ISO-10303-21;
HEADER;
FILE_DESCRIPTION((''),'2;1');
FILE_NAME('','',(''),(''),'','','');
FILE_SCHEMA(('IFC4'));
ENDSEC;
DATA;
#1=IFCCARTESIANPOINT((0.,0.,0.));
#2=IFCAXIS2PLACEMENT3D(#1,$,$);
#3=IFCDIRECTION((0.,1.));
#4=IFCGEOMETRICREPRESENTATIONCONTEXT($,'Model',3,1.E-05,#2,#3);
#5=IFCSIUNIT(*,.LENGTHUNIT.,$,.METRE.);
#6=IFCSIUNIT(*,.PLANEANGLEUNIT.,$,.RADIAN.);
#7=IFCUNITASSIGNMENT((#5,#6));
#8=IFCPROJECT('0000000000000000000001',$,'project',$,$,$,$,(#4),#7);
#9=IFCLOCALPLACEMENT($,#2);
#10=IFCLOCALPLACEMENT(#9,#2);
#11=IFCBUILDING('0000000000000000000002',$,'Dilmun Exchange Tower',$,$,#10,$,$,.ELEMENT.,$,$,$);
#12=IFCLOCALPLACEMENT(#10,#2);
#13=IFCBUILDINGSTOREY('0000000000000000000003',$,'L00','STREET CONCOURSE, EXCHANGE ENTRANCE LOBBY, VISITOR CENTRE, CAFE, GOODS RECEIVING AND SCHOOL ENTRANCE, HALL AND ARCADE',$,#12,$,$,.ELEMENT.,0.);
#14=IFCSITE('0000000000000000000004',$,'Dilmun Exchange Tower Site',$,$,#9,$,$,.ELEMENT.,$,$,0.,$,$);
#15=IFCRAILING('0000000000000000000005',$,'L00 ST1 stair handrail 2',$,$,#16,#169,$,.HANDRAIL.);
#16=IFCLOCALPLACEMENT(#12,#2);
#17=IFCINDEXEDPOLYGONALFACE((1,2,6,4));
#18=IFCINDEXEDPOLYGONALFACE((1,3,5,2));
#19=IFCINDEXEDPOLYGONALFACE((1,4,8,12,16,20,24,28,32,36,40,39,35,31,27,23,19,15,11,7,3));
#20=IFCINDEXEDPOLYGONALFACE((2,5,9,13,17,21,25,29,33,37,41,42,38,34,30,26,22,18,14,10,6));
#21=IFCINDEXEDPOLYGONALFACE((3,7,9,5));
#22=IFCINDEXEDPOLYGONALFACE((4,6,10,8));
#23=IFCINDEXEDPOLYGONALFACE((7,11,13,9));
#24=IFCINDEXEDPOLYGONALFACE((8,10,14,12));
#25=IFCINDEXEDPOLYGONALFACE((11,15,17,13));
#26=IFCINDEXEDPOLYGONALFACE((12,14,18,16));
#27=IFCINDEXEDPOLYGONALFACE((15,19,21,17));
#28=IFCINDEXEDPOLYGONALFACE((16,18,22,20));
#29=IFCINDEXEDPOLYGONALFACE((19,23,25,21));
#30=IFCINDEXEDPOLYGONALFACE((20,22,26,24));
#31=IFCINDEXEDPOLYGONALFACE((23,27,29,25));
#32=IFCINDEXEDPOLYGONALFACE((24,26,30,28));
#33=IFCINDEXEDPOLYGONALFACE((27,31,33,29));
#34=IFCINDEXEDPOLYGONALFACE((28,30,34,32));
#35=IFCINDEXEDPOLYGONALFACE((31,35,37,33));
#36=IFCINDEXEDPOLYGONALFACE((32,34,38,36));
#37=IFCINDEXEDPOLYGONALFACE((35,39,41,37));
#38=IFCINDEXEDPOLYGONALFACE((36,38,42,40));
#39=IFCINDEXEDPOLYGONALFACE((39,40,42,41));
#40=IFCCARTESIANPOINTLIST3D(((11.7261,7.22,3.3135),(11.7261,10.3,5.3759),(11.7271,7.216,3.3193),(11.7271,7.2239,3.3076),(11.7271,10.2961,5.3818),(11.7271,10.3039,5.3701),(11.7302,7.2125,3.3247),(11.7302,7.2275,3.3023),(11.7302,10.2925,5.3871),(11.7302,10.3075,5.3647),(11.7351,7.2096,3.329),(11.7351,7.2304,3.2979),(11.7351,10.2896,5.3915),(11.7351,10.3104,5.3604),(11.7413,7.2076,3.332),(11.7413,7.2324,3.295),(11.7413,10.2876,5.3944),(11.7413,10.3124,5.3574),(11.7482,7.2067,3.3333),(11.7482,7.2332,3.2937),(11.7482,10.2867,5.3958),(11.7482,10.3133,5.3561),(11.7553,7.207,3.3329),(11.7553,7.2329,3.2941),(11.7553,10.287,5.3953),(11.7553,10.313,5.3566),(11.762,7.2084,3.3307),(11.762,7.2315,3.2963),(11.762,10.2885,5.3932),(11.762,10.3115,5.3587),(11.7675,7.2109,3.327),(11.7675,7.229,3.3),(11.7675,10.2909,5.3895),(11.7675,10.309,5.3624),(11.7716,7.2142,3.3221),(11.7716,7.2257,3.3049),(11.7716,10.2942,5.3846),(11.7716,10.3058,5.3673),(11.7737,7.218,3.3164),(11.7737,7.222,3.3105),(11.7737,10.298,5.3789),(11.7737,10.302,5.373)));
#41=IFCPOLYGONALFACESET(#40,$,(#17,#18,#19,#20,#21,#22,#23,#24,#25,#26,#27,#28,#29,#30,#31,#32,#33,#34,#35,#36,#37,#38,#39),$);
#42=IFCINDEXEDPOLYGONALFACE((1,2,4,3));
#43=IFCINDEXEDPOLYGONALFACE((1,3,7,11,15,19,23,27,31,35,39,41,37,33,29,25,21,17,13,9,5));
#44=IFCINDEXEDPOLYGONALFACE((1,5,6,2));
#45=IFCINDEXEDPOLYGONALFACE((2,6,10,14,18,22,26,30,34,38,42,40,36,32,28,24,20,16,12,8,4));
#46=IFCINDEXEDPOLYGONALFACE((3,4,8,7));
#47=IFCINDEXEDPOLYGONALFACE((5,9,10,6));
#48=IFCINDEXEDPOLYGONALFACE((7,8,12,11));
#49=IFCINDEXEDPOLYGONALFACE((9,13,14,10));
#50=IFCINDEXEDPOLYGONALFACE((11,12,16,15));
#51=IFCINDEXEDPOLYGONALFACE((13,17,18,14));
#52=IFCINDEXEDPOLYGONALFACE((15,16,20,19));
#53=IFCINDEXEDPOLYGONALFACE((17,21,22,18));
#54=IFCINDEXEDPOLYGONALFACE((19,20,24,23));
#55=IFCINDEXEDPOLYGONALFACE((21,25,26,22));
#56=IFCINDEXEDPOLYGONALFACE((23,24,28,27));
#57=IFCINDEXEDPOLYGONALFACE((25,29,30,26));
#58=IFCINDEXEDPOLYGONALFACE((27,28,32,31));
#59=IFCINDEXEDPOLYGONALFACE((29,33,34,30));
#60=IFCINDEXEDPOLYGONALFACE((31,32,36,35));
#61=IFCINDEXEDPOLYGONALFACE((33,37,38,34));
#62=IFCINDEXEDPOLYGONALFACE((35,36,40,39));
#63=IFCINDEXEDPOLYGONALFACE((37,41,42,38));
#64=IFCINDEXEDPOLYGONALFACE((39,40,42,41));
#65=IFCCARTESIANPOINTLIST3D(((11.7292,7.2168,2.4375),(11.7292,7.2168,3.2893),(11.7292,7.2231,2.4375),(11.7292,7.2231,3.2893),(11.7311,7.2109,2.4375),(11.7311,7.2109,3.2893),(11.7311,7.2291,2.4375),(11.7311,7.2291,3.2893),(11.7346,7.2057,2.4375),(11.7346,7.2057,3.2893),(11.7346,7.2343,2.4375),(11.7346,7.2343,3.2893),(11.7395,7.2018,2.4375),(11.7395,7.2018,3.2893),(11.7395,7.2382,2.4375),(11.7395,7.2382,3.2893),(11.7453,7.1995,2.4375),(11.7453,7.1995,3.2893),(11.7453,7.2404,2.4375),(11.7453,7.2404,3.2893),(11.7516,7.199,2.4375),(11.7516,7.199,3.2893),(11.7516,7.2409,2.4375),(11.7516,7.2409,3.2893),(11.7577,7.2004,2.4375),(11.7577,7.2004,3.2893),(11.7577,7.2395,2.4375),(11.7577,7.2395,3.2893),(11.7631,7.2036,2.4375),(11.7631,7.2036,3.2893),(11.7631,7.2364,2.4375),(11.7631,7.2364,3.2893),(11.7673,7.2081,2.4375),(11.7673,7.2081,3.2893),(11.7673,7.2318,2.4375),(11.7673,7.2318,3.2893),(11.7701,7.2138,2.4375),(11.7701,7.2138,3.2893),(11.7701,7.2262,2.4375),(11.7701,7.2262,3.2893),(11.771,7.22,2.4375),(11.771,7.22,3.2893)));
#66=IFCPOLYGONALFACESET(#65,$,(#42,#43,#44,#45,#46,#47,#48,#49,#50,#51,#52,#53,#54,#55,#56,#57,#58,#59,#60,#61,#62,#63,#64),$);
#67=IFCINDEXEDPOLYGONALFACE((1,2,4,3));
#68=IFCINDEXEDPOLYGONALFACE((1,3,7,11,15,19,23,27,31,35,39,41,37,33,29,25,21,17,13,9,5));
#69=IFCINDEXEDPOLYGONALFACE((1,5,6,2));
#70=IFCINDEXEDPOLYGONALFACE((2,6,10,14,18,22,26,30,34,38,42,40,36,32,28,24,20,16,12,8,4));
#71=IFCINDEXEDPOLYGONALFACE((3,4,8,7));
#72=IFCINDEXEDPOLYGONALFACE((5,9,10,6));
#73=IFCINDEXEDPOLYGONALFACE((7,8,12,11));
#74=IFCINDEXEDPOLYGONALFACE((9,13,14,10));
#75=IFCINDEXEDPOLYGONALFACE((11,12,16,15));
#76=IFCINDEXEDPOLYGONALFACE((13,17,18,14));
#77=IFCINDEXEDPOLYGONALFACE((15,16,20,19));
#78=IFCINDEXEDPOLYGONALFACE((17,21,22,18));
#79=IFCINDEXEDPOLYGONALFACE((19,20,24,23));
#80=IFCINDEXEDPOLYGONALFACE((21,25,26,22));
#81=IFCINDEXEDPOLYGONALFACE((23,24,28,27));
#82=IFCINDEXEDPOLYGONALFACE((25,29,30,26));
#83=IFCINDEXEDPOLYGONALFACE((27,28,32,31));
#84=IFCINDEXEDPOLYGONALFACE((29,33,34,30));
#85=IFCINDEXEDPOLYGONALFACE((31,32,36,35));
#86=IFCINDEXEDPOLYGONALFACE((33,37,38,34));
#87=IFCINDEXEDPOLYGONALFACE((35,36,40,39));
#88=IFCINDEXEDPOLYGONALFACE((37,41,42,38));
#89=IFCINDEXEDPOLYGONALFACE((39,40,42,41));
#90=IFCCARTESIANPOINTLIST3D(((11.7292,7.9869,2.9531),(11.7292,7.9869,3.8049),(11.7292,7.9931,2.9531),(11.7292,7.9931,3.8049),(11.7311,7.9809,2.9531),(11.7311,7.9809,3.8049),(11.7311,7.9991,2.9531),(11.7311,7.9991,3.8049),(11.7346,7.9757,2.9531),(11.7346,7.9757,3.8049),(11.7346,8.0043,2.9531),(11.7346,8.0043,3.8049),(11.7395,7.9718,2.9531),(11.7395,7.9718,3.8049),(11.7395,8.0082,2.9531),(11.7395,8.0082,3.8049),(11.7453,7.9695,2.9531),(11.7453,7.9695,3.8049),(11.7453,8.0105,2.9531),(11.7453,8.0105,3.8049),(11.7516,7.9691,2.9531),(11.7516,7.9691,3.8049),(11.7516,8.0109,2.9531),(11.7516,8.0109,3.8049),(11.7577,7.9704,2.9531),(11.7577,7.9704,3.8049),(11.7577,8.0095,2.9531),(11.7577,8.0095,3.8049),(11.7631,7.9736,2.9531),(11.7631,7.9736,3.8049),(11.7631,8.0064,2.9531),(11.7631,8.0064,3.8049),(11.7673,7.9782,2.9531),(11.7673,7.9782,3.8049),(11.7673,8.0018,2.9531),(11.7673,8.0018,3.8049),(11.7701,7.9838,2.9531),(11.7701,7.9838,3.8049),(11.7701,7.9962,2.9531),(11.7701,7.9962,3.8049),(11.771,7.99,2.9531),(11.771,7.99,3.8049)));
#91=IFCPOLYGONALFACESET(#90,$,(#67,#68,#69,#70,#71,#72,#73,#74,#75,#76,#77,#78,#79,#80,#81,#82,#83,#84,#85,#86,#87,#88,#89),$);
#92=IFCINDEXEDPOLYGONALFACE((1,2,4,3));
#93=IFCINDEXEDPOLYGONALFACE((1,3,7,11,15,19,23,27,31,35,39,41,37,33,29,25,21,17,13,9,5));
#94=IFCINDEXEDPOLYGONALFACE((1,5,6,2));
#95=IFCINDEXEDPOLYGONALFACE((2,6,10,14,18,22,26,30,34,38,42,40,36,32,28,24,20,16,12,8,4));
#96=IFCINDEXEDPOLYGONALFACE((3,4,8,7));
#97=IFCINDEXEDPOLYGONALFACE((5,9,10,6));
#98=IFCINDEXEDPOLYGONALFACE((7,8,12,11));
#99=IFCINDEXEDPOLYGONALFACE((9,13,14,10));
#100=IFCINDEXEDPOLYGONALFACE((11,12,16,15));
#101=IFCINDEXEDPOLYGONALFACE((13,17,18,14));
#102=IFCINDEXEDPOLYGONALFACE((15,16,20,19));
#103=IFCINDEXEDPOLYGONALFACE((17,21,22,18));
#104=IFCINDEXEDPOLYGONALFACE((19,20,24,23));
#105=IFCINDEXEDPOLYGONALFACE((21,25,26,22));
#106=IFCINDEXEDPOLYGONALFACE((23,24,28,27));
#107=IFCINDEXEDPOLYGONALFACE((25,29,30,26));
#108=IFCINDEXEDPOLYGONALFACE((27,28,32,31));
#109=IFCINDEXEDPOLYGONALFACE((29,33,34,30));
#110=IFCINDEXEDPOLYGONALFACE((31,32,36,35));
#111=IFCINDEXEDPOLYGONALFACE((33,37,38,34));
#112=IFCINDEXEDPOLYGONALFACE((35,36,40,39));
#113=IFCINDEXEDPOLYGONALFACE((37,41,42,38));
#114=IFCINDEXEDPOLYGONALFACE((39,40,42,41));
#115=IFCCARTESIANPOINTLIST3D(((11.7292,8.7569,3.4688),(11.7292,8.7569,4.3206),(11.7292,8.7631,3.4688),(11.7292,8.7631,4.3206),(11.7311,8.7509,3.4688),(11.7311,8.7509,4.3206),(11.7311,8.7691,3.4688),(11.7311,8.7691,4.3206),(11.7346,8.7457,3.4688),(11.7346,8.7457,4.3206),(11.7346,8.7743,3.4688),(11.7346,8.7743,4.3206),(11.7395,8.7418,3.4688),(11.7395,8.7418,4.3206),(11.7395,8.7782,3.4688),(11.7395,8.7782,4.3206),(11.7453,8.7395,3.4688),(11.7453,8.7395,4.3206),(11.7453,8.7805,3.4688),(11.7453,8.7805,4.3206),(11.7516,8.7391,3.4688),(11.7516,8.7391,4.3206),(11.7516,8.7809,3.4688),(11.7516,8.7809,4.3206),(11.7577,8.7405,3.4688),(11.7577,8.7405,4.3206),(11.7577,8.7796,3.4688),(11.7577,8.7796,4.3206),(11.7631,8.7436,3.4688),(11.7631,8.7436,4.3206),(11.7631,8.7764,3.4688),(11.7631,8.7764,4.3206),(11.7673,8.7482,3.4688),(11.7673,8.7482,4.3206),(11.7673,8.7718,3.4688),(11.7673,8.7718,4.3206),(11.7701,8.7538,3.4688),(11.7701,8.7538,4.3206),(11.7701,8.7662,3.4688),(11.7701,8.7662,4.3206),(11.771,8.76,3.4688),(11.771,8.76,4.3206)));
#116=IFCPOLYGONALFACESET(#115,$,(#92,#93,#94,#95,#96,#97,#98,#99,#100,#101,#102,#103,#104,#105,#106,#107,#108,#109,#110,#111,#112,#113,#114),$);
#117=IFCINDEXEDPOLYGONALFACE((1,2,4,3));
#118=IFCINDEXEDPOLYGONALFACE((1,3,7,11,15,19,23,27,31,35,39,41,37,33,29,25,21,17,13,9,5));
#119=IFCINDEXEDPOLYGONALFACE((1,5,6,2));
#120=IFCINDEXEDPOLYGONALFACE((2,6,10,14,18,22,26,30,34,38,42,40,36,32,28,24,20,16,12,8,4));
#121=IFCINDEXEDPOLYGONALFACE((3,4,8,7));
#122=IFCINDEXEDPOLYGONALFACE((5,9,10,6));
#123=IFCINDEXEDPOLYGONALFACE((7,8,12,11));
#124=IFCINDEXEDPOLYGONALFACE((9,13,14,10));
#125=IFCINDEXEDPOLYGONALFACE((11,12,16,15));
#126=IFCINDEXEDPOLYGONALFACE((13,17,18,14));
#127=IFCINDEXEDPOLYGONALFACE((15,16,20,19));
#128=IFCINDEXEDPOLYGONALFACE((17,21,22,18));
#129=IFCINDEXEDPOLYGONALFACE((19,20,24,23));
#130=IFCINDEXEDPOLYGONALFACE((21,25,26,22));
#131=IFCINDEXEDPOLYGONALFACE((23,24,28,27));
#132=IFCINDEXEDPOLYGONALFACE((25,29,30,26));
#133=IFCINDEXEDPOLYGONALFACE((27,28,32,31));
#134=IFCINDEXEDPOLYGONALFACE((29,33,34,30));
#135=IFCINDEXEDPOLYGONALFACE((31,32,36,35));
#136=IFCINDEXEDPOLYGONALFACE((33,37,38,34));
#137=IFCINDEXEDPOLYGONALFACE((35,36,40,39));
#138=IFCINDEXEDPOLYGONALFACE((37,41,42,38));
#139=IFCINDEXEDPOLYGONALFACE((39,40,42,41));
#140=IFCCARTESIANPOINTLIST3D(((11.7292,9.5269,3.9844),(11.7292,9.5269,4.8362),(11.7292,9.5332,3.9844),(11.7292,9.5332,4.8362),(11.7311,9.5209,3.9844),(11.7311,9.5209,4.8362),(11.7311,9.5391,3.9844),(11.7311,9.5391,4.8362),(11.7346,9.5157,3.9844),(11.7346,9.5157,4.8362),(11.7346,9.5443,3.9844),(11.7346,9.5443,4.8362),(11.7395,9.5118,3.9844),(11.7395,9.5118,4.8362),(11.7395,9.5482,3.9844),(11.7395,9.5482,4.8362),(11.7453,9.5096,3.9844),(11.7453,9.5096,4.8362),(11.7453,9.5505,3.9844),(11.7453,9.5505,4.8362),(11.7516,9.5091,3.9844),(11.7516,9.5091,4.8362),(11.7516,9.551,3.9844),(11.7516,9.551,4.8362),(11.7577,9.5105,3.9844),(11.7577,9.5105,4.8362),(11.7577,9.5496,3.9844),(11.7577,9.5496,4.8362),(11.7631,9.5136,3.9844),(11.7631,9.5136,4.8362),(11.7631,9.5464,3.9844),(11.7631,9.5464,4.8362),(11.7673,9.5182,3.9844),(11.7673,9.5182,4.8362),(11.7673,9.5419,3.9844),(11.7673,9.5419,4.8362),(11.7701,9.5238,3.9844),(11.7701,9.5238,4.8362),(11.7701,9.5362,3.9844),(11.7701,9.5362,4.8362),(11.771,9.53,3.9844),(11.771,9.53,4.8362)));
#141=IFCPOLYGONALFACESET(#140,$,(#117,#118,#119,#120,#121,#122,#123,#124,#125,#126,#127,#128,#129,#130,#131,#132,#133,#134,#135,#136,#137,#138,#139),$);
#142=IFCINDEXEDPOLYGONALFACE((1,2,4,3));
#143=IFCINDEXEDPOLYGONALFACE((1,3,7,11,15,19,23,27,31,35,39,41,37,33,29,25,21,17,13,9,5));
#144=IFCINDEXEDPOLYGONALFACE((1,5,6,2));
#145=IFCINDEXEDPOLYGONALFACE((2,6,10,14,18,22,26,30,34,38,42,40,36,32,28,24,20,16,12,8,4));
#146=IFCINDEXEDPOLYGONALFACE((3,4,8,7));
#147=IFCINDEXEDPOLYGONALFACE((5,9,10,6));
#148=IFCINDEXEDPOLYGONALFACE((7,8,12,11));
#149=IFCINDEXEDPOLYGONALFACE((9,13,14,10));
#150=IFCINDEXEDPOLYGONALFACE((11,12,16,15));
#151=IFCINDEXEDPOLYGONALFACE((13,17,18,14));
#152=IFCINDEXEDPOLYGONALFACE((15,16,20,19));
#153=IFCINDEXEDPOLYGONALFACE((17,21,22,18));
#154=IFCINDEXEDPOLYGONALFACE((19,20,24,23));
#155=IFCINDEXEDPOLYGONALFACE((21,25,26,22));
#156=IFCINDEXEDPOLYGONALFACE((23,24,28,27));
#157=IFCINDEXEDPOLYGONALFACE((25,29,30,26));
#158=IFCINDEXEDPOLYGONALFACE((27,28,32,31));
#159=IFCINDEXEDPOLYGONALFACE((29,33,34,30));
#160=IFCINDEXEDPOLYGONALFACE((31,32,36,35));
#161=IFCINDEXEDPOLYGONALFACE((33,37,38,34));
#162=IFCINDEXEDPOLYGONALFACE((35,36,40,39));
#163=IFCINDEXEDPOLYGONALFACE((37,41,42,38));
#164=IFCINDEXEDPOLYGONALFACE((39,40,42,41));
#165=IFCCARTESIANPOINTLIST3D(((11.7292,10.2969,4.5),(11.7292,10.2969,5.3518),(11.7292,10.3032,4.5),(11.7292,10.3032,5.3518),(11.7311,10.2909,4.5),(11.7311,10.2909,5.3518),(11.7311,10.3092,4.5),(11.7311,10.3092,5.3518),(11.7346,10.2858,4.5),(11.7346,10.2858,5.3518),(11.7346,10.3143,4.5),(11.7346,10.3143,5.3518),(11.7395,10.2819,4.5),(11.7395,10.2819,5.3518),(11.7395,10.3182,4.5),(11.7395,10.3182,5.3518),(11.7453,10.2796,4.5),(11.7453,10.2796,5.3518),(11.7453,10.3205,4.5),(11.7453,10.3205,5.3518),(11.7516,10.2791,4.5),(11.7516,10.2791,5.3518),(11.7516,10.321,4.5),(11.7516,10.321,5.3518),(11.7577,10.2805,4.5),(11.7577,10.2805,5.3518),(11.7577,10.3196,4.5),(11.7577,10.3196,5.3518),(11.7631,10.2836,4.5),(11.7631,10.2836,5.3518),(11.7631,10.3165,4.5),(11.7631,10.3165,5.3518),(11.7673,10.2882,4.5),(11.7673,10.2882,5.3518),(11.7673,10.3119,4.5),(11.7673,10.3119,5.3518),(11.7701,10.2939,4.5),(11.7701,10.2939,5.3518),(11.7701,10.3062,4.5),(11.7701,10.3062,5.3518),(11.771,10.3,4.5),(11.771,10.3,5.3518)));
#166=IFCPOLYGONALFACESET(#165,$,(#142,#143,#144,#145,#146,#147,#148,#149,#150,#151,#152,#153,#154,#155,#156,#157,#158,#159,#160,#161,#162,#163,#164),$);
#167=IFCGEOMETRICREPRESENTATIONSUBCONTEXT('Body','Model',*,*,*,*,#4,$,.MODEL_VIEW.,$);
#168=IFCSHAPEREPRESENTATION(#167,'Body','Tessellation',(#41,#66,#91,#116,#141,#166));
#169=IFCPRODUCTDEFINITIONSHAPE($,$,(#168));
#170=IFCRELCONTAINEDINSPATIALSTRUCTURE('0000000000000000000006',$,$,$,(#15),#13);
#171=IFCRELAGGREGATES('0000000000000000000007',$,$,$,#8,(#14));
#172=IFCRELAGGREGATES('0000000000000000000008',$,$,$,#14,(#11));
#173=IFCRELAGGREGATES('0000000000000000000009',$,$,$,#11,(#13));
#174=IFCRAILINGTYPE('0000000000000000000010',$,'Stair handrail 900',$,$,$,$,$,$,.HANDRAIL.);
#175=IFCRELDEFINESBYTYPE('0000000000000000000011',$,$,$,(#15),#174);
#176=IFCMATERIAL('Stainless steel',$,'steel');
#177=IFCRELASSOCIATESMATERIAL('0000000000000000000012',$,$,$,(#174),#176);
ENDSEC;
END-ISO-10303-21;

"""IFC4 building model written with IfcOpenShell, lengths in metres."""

from ifc_helpers import new_model, si_unit, direction, frame, origin, origin_2d, place, context, subcontext, project, spatial, circle, extrude, material, type_object, element, save


model = new_model("IFC4")

# Units and contexts
model_context = context("Model", 3, precision=1e-05, world=origin(), true_north=direction((0.0, 1.0)))
body_context = subcontext(model_context, "Body", "Model", "MODEL_VIEW")
ifc_project = project(units=[si_unit("LENGTHUNIT", "METRE"), si_unit("PLANEANGLEUNIT", "RADIAN")], contexts=[model_context])

# Site, building, storey
site_placement = place(None, origin())
site = spatial("IfcSite", under=ifc_project, at=site_placement, Name="Dilmun Exchange Tower Site", CompositionType="ELEMENT", RefElevation=0.0)
building_placement = place(site_placement, origin())
building = spatial("IfcBuilding", under=site, at=building_placement, Name="Dilmun Exchange Tower", CompositionType="ELEMENT")
storey_placement = place(building_placement, origin())
storey = spatial("IfcBuildingStorey", under=building, at=storey_placement, Name="L00", Description="STREET CONCOURSE, EXCHANGE ENTRANCE LOBBY, VISITOR CENTRE, CAFE, GOODS RECEIVING AND SCHOOL ENTRANCE, HALL AND ARCADE", CompositionType="ELEMENT", Elevation=0.0)

# Railing
ifc_material_1 = material(Name="Stainless steel", Category="steel")
railing_type_1 = type_object("IfcRailingType", Name="Stair handrail 900", PredefinedType="HANDRAIL", material=ifc_material_1)
railing_1_placement = place(storey_placement, frame((11.75, 7.22, 2.4375)))
element("IfcRailing", 1, at=railing_1_placement, inside=storey, type_object=railing_type_1, Name="L00 ST1 stair handrail 2", PredefinedType="HANDRAIL", context=body_context, shape_type="SweptSolid", body=[
    extrude(circle(Radius=0.0239, at=origin_2d()), frame((0.0, 0.0, 0.876), z_axis=(0.0, 0.830914, 0.556401), x_axis=(-1.0, 0.0, 0.0)), (0.0, 0.0, 1.0), 3.7068),
    extrude(circle(Radius=0.021, at=origin_2d()), origin(), (0.0, 0.0, 1.0), 0.8518),
    extrude(circle(Radius=0.021, at=origin_2d()), frame((0.0, 0.77, 0.5156)), (0.0, 0.0, 1.0), 0.8518),
    extrude(circle(Radius=0.021, at=origin_2d()), frame((0.0, 1.54, 1.0312)), (0.0, 0.0, 1.0), 0.8518),
    extrude(circle(Radius=0.021, at=origin_2d()), frame((0.0, 2.3101, 1.5469)), (0.0, 0.0, 1.0), 0.8518),
    extrude(circle(Radius=0.021, at=origin_2d()), frame((0.0, 3.0801, 2.0625)), (0.0, 0.0, 1.0), 0.8518),
])

save(model, "model.ifc")
